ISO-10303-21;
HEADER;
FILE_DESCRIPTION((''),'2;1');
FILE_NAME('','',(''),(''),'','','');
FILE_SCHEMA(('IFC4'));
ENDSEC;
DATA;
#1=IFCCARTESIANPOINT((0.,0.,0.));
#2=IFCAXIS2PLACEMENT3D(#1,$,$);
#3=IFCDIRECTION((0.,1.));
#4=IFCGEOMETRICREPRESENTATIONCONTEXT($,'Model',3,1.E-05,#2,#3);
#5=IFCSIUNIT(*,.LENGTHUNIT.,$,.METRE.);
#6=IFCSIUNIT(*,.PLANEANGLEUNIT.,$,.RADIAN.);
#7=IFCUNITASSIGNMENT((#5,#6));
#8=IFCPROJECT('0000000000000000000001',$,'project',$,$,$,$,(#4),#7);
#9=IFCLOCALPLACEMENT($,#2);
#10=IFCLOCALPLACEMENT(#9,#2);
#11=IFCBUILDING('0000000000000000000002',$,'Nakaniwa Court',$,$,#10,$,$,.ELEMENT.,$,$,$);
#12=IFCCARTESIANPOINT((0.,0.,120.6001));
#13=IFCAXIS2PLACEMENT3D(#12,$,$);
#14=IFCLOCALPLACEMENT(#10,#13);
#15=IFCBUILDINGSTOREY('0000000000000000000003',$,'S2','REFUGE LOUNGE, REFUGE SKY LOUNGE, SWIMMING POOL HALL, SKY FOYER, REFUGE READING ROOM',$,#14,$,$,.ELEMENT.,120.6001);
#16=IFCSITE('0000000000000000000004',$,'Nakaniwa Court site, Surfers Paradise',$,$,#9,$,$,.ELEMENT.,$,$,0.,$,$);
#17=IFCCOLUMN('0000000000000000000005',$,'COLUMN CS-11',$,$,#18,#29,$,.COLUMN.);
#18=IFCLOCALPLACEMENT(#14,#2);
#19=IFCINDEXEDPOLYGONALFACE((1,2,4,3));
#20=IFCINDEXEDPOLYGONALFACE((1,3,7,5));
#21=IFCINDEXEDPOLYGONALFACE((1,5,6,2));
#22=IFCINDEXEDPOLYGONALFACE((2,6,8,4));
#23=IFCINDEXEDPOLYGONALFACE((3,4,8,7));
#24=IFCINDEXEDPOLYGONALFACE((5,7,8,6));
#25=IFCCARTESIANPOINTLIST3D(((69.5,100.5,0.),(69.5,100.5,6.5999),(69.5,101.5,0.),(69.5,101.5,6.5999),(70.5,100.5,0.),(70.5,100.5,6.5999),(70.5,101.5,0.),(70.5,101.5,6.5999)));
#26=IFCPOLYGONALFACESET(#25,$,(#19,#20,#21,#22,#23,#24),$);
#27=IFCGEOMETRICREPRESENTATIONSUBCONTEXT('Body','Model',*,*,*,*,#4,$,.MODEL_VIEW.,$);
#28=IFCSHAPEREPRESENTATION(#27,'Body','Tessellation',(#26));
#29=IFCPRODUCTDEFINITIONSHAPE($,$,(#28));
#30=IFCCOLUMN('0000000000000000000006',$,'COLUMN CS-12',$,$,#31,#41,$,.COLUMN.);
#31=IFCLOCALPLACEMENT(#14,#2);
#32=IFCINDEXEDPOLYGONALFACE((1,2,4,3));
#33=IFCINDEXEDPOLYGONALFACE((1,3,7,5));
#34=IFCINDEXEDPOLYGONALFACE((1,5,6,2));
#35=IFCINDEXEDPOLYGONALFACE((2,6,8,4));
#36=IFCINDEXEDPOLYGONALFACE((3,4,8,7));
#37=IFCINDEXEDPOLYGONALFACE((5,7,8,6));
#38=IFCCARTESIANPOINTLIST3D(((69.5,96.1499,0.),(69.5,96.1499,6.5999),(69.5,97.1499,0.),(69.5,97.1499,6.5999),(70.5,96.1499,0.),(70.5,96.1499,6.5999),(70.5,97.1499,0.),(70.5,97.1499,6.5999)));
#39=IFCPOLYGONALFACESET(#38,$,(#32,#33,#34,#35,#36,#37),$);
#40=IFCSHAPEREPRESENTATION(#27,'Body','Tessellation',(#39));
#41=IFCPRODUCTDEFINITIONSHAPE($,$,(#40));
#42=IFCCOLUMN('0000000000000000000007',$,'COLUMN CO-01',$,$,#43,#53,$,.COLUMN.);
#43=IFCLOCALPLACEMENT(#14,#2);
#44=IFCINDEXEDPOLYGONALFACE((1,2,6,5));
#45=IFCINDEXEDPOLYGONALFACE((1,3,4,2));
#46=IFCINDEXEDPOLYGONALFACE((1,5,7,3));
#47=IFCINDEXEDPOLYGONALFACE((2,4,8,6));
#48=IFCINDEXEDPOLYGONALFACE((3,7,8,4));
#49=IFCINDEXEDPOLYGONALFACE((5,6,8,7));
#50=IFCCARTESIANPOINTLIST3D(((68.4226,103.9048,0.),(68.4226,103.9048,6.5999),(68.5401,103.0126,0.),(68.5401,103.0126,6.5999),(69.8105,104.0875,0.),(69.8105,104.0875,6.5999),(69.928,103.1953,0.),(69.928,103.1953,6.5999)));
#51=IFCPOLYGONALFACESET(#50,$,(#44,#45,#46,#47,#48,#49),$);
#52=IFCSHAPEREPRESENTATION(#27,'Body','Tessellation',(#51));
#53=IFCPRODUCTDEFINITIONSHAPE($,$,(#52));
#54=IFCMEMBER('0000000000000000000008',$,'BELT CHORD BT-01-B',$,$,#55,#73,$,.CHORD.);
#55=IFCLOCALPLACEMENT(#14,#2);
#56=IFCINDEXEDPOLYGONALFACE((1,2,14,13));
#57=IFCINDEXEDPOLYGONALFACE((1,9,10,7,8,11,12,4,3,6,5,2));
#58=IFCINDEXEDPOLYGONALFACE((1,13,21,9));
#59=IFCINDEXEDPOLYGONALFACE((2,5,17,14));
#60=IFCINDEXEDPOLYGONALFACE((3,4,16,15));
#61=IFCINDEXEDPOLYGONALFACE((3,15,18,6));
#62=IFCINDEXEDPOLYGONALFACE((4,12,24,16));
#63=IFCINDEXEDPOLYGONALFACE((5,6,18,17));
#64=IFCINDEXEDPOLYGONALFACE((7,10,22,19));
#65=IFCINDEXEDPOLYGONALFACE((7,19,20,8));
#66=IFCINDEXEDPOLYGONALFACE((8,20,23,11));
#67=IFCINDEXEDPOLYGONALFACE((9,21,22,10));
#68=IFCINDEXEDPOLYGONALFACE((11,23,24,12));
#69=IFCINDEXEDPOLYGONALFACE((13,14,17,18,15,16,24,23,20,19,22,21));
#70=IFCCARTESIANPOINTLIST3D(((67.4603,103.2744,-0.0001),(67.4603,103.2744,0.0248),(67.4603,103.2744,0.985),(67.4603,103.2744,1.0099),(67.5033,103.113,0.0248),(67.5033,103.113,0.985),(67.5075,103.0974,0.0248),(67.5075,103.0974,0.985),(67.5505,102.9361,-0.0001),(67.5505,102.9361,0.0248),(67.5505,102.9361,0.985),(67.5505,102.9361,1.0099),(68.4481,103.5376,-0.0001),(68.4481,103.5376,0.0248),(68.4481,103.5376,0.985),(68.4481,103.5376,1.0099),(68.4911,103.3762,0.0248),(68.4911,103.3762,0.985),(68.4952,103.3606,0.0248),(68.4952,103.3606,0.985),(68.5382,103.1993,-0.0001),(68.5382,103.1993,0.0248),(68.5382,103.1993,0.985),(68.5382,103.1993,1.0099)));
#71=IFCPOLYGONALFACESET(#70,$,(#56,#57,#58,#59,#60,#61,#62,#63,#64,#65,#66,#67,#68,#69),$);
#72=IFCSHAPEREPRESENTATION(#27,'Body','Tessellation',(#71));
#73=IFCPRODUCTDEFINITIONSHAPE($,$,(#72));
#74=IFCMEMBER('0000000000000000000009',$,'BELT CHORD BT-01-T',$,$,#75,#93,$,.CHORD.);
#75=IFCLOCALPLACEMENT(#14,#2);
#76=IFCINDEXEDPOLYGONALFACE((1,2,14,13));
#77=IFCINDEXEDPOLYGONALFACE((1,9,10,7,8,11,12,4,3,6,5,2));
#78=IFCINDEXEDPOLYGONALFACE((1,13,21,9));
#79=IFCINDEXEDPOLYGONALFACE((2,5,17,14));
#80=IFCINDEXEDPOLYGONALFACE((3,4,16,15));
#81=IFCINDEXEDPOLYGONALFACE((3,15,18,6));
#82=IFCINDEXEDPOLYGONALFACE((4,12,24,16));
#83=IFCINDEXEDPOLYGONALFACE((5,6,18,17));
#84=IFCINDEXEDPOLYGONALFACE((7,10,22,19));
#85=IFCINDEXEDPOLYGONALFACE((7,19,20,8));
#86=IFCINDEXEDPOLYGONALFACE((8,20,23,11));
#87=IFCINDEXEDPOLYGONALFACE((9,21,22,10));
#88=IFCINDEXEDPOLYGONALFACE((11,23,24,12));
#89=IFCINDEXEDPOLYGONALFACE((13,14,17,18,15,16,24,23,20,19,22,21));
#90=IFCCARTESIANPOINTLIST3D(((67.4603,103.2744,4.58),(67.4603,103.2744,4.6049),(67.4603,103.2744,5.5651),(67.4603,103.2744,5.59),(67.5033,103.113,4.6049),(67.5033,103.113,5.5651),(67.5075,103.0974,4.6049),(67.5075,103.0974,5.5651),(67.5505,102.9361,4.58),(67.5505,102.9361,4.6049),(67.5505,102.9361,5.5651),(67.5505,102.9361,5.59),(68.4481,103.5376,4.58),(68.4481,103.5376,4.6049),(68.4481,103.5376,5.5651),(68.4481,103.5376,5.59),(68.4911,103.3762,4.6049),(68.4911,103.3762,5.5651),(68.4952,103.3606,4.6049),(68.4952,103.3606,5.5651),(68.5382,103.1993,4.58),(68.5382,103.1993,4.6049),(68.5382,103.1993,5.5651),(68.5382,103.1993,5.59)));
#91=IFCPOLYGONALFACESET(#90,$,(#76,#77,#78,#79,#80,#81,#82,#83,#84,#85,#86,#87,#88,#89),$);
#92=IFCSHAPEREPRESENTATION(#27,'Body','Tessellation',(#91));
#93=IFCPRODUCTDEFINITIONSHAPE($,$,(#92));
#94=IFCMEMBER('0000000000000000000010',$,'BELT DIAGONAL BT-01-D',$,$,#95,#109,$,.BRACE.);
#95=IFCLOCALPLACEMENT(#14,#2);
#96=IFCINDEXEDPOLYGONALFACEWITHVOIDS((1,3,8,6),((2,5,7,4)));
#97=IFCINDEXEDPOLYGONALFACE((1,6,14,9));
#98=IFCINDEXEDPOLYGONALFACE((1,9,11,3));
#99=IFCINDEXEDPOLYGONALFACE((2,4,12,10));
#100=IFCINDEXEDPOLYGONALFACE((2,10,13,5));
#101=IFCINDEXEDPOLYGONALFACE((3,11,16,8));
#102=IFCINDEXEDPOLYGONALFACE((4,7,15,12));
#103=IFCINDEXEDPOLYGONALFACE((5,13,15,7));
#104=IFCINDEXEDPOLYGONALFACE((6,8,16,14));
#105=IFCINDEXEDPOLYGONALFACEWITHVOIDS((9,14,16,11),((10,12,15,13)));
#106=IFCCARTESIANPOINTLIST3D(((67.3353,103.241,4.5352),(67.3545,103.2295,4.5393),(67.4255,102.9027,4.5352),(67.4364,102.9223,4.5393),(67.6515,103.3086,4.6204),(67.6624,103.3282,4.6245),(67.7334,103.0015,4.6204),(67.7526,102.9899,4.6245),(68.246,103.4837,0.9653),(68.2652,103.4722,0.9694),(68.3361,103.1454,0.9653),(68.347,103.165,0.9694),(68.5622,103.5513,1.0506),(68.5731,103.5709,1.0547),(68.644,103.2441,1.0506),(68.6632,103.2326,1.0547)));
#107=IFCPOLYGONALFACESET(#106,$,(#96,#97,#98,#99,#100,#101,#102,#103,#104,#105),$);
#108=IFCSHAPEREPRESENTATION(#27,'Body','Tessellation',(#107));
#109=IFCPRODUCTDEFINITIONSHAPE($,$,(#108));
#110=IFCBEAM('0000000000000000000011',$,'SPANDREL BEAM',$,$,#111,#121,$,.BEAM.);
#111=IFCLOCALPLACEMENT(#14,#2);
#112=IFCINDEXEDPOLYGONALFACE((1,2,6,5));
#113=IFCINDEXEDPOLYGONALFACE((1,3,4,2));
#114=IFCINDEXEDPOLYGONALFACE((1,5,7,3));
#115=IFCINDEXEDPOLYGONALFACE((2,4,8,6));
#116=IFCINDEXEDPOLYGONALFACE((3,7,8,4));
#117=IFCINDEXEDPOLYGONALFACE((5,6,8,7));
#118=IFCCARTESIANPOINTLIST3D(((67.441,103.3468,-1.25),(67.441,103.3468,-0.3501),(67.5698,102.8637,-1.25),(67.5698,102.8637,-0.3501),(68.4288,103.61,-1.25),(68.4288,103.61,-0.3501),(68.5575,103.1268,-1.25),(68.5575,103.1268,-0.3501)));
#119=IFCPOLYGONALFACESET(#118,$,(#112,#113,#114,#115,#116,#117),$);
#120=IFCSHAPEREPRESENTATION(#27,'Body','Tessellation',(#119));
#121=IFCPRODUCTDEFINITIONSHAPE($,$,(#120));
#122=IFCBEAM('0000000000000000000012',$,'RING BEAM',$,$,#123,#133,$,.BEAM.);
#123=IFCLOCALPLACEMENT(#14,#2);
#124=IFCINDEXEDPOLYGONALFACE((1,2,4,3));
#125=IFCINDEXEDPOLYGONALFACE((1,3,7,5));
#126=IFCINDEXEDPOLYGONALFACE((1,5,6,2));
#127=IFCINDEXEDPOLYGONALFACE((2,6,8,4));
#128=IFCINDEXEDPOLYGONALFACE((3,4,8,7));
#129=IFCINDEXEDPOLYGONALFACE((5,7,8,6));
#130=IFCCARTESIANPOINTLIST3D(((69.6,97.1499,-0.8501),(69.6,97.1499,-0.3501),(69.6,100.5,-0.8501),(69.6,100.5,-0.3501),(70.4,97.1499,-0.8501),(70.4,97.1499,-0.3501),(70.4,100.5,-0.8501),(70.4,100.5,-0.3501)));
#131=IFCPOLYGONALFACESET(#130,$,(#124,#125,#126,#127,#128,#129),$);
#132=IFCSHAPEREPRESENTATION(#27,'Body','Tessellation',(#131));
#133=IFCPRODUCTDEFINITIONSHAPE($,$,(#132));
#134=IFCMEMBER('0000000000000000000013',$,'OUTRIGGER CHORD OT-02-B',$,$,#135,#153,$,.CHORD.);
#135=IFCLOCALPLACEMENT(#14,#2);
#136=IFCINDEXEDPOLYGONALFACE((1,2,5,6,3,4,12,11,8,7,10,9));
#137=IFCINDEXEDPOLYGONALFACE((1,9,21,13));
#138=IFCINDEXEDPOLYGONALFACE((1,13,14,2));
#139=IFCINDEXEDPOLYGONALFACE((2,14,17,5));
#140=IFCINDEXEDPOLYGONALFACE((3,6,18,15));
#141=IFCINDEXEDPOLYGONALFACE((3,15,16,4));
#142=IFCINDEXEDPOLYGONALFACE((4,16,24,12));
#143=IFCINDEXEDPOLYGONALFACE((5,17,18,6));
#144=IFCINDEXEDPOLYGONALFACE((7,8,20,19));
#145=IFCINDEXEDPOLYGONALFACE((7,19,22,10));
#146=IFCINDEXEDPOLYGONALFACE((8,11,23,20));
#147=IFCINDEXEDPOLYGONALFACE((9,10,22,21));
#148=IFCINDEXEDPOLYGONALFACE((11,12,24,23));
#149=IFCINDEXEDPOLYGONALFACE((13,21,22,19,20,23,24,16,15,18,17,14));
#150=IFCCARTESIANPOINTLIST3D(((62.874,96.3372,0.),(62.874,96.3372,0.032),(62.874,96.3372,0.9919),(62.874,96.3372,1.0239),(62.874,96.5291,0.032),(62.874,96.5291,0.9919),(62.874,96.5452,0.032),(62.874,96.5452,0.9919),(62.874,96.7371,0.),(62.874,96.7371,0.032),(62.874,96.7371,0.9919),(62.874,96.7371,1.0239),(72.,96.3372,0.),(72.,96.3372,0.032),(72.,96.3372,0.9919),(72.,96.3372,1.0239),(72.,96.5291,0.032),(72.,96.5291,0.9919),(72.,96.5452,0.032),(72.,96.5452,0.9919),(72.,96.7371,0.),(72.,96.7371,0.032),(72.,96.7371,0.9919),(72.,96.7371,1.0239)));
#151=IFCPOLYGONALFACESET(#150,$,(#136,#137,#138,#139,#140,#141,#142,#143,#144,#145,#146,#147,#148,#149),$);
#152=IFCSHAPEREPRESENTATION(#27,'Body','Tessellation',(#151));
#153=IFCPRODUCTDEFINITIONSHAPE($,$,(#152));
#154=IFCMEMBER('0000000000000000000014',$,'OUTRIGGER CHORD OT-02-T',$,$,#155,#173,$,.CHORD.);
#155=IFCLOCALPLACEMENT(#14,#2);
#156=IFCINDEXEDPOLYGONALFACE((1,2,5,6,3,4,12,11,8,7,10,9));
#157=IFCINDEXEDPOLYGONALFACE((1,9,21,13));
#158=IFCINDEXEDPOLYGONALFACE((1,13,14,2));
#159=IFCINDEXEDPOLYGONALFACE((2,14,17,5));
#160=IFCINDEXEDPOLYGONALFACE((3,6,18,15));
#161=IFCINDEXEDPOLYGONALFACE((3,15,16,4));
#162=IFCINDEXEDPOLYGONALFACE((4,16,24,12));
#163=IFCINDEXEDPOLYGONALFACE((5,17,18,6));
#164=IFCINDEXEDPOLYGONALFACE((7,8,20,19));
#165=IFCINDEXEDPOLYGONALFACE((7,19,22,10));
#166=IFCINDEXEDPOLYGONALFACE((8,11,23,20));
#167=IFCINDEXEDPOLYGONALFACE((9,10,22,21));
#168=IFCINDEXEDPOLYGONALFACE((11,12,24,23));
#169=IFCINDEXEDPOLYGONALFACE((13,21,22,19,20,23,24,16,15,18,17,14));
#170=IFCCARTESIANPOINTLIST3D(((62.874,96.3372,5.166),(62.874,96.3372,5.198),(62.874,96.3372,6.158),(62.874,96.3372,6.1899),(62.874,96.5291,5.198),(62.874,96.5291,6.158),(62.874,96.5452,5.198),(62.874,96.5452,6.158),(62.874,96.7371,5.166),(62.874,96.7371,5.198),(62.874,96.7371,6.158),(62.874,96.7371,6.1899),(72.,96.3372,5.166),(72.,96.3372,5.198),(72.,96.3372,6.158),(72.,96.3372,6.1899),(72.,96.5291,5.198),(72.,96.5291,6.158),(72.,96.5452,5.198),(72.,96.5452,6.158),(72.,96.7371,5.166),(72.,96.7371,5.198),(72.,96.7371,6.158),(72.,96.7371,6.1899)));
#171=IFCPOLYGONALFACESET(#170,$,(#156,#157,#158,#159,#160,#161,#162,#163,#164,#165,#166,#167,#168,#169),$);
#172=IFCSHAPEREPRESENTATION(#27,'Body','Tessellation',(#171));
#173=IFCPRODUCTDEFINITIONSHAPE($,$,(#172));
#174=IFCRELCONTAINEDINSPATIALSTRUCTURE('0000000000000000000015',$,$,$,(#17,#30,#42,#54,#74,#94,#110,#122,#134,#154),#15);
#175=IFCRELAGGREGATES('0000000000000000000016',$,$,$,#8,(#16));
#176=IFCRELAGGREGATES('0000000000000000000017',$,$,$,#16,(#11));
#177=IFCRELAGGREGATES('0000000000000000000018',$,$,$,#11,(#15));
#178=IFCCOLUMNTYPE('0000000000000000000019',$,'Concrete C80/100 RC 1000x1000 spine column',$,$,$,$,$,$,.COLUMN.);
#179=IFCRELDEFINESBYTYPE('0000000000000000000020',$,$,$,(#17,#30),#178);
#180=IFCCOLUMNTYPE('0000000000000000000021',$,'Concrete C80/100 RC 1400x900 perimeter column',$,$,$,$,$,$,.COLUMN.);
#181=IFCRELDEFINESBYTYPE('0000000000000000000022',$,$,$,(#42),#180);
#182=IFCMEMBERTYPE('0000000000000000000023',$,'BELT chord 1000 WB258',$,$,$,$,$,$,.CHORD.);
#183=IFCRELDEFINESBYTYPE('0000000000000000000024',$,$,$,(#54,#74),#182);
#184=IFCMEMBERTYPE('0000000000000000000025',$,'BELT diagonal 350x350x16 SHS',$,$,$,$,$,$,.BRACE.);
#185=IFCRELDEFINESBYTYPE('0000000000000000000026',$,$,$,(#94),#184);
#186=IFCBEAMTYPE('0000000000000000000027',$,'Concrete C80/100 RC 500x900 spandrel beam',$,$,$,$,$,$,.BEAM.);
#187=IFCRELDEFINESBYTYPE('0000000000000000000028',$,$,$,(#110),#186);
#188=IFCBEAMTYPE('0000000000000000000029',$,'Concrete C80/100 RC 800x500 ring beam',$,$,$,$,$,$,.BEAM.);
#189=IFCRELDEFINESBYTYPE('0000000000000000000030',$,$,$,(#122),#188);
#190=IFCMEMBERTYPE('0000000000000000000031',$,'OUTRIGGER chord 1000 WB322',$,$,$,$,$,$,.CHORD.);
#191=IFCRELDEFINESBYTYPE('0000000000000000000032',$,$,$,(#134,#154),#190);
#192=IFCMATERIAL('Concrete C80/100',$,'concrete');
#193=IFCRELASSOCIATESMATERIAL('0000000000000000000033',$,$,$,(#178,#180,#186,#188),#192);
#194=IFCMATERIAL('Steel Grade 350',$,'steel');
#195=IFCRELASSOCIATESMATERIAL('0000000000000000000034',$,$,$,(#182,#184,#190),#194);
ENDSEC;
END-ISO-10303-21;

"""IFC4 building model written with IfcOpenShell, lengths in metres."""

from ifc_helpers import new_model, si_unit, direction, frame, origin, origin_2d, place, context, subcontext, project, spatial, rectangle, hollow_rectangle, i_section, extrude, material, material_profile, profile_set, type_object, element, save


model = new_model("IFC4")

# Units and contexts
model_context = context("Model", 3, precision=1e-05, world=origin(), true_north=direction((0.0, 1.0)))
body_context = subcontext(model_context, "Body", "Model", "MODEL_VIEW")
ifc_project = project(units=[si_unit("LENGTHUNIT", "METRE"), si_unit("PLANEANGLEUNIT", "RADIAN")], contexts=[model_context])

# Site, building, storey
site_placement = place(None, origin())
site = spatial("IfcSite", under=ifc_project, at=site_placement, Name="Nakaniwa Court site, Surfers Paradise", CompositionType="ELEMENT", RefElevation=0.0)
building_placement = place(site_placement, origin())
building = spatial("IfcBuilding", under=site, at=building_placement, Name="Nakaniwa Court", CompositionType="ELEMENT")
storey_placement = place(building_placement, frame((0.0, 0.0, 120.6001)))
storey = spatial("IfcBuildingStorey", under=building, at=storey_placement, Name="S2", Description="REFUGE LOUNGE, REFUGE SKY LOUNGE, SWIMMING POOL HALL, SKY FOYER, REFUGE READING ROOM", CompositionType="ELEMENT", Elevation=120.6001)

# Columns
ifc_material_1 = material(Name="Concrete C80/100", Category="concrete")
ifc_material_profile_1 = material_profile(ifc_material_1, rectangle(XDim=1.0, YDim=1.0, at=origin_2d()), Name="Concrete C80/100 RC 1000x1000 spine column")
ifc_profile_set_1 = profile_set([ifc_material_profile_1], Name="Concrete C80/100")
column_type_1 = type_object("IfcColumnType", Name="Concrete C80/100 RC 1000x1000 spine column", PredefinedType="COLUMN", material=ifc_profile_set_1)
for number, where, z_axis, x_axis, name in (
    (1, (70.0, 101.0, 0.0), (0.0, 0.0, 1.0), (0.0, -1.0, 0.0), "COLUMN CS-11"),
    (2, (70.0, 96.6499, 0.0), (0.0, 0.0, 1.0), (0.0, -1.0, 0.0), "COLUMN CS-12"),
):
    element("IfcColumn", number, at=place(storey_placement, frame(where, z_axis=z_axis, x_axis=x_axis)), inside=storey, type_object=column_type_1, Name=name, PredefinedType="COLUMN", context=body_context, shape_type="SweptSolid", body=[
        extrude(rectangle(XDim=1.0, YDim=1.0, at=origin_2d()), origin(), (0.0, 0.0, 1.0), 6.5999),
    ])
ifc_material_profile_2 = material_profile(ifc_material_1, rectangle(XDim=1.3999, YDim=0.8999, at=origin_2d()), Name="Concrete C80/100 RC 1400x900 perimeter column")
ifc_profile_set_2 = profile_set([ifc_material_profile_2], Name="Concrete C80/100")
column_type_2 = type_object("IfcColumnType", Name="Concrete C80/100 RC 1400x900 perimeter column", PredefinedType="COLUMN", material=ifc_profile_set_2)
column_placement = place(storey_placement, frame((69.1753, 103.55, 0.0), z_axis=(0.0, 0.0, 1.0), x_axis=(-0.991443, -0.130543, 0.0)))
element("IfcColumn", 3, at=column_placement, inside=storey, type_object=column_type_2, Name="COLUMN CO-01", PredefinedType="COLUMN", context=body_context, shape_type="SweptSolid", body=[
    extrude(rectangle(XDim=1.3999, YDim=0.8999, at=origin_2d()), origin(), (0.0, 0.0, 1.0), 6.5999),
])

# Members
ifc_material_2 = material(Name="Steel Grade 350", Category="steel")
ifc_material_profile_3 = material_profile(ifc_material_2, i_section(OverallWidth=0.3501, OverallDepth=1.01, WebThickness=0.0161, FlangeThickness=0.0249, at=origin_2d()), Name="1000WB258")
ifc_profile_set_3 = profile_set([ifc_material_profile_3], Name="Steel Grade 350")
member_type_1 = type_object("IfcMemberType", Name="BELT chord 1000 WB258", PredefinedType="CHORD", material=ifc_profile_set_3)
for number, where, z_axis, x_axis, name in (
    (4, (68.4932, 103.3684, 0.5049), (-0.96629, -0.257455, 0.0), (0.257455, -0.96629, 0.0), "BELT CHORD BT-01-B"),
    (5, (68.4932, 103.3684, 5.085), (-0.96629, -0.257455, 0.0), (0.257455, -0.96629, 0.0), "BELT CHORD BT-01-T"),
):
    element("IfcMember", number, at=place(storey_placement, frame(where, z_axis=z_axis, x_axis=x_axis)), inside=storey, type_object=member_type_1, Name=name, PredefinedType="CHORD", context=body_context, shape_type="SweptSolid", body=[
        extrude(i_section(OverallWidth=0.3501, OverallDepth=1.01, WebThickness=0.0161, FlangeThickness=0.0249, at=origin_2d()), origin(), (0.0, 0.0, 1.0), 1.0222),
    ])
ifc_material_profile_4 = material_profile(ifc_material_2, hollow_rectangle(XDim=0.3501, YDim=0.3501, WallThickness=0.0161, at=origin_2d()), Name="BELT diagonal 350x350x16 SHS")
ifc_profile_set_4 = profile_set([ifc_material_profile_4], Name="Steel Grade 350")
member_type_2 = type_object("IfcMemberType", Name="BELT diagonal 350x350x16 SHS", PredefinedType="BRACE", material=ifc_profile_set_4)
member_1_placement = place(storey_placement, frame((68.4546, 103.3582, 1.01), z_axis=(-0.246645, -0.065728, 0.966874), x_axis=(0.257501, -0.966278, 0.0)))
element("IfcMember", 6, at=member_1_placement, inside=storey, type_object=member_type_2, Name="BELT DIAGONAL BT-01-D", PredefinedType="BRACE", context=body_context, shape_type="SweptSolid", body=[
    extrude(hollow_rectangle(XDim=0.3501, YDim=0.3501, WallThickness=0.0161, at=origin_2d()), origin(), (0.0, 0.0, 1.0), 3.6921),
])

# Beams
ifc_material_profile_5 = material_profile(ifc_material_1, rectangle(XDim=0.5, YDim=0.8999, at=origin_2d()), Name="Concrete C80/100 RC 500x900 spandrel beam")
ifc_profile_set_5 = profile_set([ifc_material_profile_5], Name="Concrete C80/100")
beam_type_1 = type_object("IfcBeamType", Name="Concrete C80/100 RC 500x900 spandrel beam", PredefinedType="BEAM", material=ifc_profile_set_5)
beam_1_placement = place(storey_placement, frame((68.4932, 103.3684, -0.8), z_axis=(-0.96629, -0.257455, 0.0), x_axis=(0.257455, -0.96629, 0.0)))
element("IfcBeam", 7, at=beam_1_placement, inside=storey, type_object=beam_type_1, Name="SPANDREL BEAM", PredefinedType="BEAM", context=body_context, shape_type="SweptSolid", body=[
    extrude(rectangle(XDim=0.5, YDim=0.8999, at=origin_2d()), origin(), (0.0, 0.0, 1.0), 1.0222),
])
ifc_material_profile_6 = material_profile(ifc_material_1, rectangle(XDim=0.8, YDim=0.5, at=origin_2d()), Name="Concrete C80/100 RC 800x500 ring beam")
ifc_profile_set_6 = profile_set([ifc_material_profile_6], Name="Concrete C80/100")
beam_type_2 = type_object("IfcBeamType", Name="Concrete C80/100 RC 800x500 ring beam", PredefinedType="BEAM", material=ifc_profile_set_6)
beam_2_placement = place(storey_placement, frame((70.0, 100.5, -0.6001), z_axis=(0.0, -1.0, 0.0), x_axis=(1.0, 0.0, 0.0)))
element("IfcBeam", 8, at=beam_2_placement, inside=storey, type_object=beam_type_2, Name="RING BEAM", PredefinedType="BEAM", context=body_context, shape_type="SweptSolid", body=[
    extrude(rectangle(XDim=0.8, YDim=0.5, at=origin_2d()), origin(), (0.0, 0.0, 1.0), 3.3501),
])

# Members
ifc_material_profile_7 = material_profile(ifc_material_2, i_section(OverallWidth=0.3999, OverallDepth=1.0239, WebThickness=0.0161, FlangeThickness=0.032, at=origin_2d()), Name="1000WB322")
ifc_profile_set_7 = profile_set([ifc_material_profile_7], Name="Steel Grade 350")
member_type_3 = type_object("IfcMemberType", Name="OUTRIGGER chord 1000 WB322", PredefinedType="CHORD", material=ifc_profile_set_7)
for number, where, z_axis, x_axis, name in (
    (9, (72.0, 96.5371, 0.512), (-1.0, 0.0, 0.0), (0.0, -1.0, 0.0), "OUTRIGGER CHORD OT-02-B"),
    (10, (72.0, 96.5371, 5.678), (-1.0, 0.0, 0.0), (0.0, -1.0, 0.0), "OUTRIGGER CHORD OT-02-T"),
):
    element("IfcMember", number, at=place(storey_placement, frame(where, z_axis=z_axis, x_axis=x_axis)), inside=storey, type_object=member_type_3, Name=name, PredefinedType="CHORD", context=body_context, shape_type="SweptSolid", body=[
        extrude(i_section(OverallWidth=0.3999, OverallDepth=1.0239, WebThickness=0.0161, FlangeThickness=0.032, at=origin_2d()), origin(), (0.0, 0.0, 1.0), 9.126),
    ])

save(model, "model.ifc")
